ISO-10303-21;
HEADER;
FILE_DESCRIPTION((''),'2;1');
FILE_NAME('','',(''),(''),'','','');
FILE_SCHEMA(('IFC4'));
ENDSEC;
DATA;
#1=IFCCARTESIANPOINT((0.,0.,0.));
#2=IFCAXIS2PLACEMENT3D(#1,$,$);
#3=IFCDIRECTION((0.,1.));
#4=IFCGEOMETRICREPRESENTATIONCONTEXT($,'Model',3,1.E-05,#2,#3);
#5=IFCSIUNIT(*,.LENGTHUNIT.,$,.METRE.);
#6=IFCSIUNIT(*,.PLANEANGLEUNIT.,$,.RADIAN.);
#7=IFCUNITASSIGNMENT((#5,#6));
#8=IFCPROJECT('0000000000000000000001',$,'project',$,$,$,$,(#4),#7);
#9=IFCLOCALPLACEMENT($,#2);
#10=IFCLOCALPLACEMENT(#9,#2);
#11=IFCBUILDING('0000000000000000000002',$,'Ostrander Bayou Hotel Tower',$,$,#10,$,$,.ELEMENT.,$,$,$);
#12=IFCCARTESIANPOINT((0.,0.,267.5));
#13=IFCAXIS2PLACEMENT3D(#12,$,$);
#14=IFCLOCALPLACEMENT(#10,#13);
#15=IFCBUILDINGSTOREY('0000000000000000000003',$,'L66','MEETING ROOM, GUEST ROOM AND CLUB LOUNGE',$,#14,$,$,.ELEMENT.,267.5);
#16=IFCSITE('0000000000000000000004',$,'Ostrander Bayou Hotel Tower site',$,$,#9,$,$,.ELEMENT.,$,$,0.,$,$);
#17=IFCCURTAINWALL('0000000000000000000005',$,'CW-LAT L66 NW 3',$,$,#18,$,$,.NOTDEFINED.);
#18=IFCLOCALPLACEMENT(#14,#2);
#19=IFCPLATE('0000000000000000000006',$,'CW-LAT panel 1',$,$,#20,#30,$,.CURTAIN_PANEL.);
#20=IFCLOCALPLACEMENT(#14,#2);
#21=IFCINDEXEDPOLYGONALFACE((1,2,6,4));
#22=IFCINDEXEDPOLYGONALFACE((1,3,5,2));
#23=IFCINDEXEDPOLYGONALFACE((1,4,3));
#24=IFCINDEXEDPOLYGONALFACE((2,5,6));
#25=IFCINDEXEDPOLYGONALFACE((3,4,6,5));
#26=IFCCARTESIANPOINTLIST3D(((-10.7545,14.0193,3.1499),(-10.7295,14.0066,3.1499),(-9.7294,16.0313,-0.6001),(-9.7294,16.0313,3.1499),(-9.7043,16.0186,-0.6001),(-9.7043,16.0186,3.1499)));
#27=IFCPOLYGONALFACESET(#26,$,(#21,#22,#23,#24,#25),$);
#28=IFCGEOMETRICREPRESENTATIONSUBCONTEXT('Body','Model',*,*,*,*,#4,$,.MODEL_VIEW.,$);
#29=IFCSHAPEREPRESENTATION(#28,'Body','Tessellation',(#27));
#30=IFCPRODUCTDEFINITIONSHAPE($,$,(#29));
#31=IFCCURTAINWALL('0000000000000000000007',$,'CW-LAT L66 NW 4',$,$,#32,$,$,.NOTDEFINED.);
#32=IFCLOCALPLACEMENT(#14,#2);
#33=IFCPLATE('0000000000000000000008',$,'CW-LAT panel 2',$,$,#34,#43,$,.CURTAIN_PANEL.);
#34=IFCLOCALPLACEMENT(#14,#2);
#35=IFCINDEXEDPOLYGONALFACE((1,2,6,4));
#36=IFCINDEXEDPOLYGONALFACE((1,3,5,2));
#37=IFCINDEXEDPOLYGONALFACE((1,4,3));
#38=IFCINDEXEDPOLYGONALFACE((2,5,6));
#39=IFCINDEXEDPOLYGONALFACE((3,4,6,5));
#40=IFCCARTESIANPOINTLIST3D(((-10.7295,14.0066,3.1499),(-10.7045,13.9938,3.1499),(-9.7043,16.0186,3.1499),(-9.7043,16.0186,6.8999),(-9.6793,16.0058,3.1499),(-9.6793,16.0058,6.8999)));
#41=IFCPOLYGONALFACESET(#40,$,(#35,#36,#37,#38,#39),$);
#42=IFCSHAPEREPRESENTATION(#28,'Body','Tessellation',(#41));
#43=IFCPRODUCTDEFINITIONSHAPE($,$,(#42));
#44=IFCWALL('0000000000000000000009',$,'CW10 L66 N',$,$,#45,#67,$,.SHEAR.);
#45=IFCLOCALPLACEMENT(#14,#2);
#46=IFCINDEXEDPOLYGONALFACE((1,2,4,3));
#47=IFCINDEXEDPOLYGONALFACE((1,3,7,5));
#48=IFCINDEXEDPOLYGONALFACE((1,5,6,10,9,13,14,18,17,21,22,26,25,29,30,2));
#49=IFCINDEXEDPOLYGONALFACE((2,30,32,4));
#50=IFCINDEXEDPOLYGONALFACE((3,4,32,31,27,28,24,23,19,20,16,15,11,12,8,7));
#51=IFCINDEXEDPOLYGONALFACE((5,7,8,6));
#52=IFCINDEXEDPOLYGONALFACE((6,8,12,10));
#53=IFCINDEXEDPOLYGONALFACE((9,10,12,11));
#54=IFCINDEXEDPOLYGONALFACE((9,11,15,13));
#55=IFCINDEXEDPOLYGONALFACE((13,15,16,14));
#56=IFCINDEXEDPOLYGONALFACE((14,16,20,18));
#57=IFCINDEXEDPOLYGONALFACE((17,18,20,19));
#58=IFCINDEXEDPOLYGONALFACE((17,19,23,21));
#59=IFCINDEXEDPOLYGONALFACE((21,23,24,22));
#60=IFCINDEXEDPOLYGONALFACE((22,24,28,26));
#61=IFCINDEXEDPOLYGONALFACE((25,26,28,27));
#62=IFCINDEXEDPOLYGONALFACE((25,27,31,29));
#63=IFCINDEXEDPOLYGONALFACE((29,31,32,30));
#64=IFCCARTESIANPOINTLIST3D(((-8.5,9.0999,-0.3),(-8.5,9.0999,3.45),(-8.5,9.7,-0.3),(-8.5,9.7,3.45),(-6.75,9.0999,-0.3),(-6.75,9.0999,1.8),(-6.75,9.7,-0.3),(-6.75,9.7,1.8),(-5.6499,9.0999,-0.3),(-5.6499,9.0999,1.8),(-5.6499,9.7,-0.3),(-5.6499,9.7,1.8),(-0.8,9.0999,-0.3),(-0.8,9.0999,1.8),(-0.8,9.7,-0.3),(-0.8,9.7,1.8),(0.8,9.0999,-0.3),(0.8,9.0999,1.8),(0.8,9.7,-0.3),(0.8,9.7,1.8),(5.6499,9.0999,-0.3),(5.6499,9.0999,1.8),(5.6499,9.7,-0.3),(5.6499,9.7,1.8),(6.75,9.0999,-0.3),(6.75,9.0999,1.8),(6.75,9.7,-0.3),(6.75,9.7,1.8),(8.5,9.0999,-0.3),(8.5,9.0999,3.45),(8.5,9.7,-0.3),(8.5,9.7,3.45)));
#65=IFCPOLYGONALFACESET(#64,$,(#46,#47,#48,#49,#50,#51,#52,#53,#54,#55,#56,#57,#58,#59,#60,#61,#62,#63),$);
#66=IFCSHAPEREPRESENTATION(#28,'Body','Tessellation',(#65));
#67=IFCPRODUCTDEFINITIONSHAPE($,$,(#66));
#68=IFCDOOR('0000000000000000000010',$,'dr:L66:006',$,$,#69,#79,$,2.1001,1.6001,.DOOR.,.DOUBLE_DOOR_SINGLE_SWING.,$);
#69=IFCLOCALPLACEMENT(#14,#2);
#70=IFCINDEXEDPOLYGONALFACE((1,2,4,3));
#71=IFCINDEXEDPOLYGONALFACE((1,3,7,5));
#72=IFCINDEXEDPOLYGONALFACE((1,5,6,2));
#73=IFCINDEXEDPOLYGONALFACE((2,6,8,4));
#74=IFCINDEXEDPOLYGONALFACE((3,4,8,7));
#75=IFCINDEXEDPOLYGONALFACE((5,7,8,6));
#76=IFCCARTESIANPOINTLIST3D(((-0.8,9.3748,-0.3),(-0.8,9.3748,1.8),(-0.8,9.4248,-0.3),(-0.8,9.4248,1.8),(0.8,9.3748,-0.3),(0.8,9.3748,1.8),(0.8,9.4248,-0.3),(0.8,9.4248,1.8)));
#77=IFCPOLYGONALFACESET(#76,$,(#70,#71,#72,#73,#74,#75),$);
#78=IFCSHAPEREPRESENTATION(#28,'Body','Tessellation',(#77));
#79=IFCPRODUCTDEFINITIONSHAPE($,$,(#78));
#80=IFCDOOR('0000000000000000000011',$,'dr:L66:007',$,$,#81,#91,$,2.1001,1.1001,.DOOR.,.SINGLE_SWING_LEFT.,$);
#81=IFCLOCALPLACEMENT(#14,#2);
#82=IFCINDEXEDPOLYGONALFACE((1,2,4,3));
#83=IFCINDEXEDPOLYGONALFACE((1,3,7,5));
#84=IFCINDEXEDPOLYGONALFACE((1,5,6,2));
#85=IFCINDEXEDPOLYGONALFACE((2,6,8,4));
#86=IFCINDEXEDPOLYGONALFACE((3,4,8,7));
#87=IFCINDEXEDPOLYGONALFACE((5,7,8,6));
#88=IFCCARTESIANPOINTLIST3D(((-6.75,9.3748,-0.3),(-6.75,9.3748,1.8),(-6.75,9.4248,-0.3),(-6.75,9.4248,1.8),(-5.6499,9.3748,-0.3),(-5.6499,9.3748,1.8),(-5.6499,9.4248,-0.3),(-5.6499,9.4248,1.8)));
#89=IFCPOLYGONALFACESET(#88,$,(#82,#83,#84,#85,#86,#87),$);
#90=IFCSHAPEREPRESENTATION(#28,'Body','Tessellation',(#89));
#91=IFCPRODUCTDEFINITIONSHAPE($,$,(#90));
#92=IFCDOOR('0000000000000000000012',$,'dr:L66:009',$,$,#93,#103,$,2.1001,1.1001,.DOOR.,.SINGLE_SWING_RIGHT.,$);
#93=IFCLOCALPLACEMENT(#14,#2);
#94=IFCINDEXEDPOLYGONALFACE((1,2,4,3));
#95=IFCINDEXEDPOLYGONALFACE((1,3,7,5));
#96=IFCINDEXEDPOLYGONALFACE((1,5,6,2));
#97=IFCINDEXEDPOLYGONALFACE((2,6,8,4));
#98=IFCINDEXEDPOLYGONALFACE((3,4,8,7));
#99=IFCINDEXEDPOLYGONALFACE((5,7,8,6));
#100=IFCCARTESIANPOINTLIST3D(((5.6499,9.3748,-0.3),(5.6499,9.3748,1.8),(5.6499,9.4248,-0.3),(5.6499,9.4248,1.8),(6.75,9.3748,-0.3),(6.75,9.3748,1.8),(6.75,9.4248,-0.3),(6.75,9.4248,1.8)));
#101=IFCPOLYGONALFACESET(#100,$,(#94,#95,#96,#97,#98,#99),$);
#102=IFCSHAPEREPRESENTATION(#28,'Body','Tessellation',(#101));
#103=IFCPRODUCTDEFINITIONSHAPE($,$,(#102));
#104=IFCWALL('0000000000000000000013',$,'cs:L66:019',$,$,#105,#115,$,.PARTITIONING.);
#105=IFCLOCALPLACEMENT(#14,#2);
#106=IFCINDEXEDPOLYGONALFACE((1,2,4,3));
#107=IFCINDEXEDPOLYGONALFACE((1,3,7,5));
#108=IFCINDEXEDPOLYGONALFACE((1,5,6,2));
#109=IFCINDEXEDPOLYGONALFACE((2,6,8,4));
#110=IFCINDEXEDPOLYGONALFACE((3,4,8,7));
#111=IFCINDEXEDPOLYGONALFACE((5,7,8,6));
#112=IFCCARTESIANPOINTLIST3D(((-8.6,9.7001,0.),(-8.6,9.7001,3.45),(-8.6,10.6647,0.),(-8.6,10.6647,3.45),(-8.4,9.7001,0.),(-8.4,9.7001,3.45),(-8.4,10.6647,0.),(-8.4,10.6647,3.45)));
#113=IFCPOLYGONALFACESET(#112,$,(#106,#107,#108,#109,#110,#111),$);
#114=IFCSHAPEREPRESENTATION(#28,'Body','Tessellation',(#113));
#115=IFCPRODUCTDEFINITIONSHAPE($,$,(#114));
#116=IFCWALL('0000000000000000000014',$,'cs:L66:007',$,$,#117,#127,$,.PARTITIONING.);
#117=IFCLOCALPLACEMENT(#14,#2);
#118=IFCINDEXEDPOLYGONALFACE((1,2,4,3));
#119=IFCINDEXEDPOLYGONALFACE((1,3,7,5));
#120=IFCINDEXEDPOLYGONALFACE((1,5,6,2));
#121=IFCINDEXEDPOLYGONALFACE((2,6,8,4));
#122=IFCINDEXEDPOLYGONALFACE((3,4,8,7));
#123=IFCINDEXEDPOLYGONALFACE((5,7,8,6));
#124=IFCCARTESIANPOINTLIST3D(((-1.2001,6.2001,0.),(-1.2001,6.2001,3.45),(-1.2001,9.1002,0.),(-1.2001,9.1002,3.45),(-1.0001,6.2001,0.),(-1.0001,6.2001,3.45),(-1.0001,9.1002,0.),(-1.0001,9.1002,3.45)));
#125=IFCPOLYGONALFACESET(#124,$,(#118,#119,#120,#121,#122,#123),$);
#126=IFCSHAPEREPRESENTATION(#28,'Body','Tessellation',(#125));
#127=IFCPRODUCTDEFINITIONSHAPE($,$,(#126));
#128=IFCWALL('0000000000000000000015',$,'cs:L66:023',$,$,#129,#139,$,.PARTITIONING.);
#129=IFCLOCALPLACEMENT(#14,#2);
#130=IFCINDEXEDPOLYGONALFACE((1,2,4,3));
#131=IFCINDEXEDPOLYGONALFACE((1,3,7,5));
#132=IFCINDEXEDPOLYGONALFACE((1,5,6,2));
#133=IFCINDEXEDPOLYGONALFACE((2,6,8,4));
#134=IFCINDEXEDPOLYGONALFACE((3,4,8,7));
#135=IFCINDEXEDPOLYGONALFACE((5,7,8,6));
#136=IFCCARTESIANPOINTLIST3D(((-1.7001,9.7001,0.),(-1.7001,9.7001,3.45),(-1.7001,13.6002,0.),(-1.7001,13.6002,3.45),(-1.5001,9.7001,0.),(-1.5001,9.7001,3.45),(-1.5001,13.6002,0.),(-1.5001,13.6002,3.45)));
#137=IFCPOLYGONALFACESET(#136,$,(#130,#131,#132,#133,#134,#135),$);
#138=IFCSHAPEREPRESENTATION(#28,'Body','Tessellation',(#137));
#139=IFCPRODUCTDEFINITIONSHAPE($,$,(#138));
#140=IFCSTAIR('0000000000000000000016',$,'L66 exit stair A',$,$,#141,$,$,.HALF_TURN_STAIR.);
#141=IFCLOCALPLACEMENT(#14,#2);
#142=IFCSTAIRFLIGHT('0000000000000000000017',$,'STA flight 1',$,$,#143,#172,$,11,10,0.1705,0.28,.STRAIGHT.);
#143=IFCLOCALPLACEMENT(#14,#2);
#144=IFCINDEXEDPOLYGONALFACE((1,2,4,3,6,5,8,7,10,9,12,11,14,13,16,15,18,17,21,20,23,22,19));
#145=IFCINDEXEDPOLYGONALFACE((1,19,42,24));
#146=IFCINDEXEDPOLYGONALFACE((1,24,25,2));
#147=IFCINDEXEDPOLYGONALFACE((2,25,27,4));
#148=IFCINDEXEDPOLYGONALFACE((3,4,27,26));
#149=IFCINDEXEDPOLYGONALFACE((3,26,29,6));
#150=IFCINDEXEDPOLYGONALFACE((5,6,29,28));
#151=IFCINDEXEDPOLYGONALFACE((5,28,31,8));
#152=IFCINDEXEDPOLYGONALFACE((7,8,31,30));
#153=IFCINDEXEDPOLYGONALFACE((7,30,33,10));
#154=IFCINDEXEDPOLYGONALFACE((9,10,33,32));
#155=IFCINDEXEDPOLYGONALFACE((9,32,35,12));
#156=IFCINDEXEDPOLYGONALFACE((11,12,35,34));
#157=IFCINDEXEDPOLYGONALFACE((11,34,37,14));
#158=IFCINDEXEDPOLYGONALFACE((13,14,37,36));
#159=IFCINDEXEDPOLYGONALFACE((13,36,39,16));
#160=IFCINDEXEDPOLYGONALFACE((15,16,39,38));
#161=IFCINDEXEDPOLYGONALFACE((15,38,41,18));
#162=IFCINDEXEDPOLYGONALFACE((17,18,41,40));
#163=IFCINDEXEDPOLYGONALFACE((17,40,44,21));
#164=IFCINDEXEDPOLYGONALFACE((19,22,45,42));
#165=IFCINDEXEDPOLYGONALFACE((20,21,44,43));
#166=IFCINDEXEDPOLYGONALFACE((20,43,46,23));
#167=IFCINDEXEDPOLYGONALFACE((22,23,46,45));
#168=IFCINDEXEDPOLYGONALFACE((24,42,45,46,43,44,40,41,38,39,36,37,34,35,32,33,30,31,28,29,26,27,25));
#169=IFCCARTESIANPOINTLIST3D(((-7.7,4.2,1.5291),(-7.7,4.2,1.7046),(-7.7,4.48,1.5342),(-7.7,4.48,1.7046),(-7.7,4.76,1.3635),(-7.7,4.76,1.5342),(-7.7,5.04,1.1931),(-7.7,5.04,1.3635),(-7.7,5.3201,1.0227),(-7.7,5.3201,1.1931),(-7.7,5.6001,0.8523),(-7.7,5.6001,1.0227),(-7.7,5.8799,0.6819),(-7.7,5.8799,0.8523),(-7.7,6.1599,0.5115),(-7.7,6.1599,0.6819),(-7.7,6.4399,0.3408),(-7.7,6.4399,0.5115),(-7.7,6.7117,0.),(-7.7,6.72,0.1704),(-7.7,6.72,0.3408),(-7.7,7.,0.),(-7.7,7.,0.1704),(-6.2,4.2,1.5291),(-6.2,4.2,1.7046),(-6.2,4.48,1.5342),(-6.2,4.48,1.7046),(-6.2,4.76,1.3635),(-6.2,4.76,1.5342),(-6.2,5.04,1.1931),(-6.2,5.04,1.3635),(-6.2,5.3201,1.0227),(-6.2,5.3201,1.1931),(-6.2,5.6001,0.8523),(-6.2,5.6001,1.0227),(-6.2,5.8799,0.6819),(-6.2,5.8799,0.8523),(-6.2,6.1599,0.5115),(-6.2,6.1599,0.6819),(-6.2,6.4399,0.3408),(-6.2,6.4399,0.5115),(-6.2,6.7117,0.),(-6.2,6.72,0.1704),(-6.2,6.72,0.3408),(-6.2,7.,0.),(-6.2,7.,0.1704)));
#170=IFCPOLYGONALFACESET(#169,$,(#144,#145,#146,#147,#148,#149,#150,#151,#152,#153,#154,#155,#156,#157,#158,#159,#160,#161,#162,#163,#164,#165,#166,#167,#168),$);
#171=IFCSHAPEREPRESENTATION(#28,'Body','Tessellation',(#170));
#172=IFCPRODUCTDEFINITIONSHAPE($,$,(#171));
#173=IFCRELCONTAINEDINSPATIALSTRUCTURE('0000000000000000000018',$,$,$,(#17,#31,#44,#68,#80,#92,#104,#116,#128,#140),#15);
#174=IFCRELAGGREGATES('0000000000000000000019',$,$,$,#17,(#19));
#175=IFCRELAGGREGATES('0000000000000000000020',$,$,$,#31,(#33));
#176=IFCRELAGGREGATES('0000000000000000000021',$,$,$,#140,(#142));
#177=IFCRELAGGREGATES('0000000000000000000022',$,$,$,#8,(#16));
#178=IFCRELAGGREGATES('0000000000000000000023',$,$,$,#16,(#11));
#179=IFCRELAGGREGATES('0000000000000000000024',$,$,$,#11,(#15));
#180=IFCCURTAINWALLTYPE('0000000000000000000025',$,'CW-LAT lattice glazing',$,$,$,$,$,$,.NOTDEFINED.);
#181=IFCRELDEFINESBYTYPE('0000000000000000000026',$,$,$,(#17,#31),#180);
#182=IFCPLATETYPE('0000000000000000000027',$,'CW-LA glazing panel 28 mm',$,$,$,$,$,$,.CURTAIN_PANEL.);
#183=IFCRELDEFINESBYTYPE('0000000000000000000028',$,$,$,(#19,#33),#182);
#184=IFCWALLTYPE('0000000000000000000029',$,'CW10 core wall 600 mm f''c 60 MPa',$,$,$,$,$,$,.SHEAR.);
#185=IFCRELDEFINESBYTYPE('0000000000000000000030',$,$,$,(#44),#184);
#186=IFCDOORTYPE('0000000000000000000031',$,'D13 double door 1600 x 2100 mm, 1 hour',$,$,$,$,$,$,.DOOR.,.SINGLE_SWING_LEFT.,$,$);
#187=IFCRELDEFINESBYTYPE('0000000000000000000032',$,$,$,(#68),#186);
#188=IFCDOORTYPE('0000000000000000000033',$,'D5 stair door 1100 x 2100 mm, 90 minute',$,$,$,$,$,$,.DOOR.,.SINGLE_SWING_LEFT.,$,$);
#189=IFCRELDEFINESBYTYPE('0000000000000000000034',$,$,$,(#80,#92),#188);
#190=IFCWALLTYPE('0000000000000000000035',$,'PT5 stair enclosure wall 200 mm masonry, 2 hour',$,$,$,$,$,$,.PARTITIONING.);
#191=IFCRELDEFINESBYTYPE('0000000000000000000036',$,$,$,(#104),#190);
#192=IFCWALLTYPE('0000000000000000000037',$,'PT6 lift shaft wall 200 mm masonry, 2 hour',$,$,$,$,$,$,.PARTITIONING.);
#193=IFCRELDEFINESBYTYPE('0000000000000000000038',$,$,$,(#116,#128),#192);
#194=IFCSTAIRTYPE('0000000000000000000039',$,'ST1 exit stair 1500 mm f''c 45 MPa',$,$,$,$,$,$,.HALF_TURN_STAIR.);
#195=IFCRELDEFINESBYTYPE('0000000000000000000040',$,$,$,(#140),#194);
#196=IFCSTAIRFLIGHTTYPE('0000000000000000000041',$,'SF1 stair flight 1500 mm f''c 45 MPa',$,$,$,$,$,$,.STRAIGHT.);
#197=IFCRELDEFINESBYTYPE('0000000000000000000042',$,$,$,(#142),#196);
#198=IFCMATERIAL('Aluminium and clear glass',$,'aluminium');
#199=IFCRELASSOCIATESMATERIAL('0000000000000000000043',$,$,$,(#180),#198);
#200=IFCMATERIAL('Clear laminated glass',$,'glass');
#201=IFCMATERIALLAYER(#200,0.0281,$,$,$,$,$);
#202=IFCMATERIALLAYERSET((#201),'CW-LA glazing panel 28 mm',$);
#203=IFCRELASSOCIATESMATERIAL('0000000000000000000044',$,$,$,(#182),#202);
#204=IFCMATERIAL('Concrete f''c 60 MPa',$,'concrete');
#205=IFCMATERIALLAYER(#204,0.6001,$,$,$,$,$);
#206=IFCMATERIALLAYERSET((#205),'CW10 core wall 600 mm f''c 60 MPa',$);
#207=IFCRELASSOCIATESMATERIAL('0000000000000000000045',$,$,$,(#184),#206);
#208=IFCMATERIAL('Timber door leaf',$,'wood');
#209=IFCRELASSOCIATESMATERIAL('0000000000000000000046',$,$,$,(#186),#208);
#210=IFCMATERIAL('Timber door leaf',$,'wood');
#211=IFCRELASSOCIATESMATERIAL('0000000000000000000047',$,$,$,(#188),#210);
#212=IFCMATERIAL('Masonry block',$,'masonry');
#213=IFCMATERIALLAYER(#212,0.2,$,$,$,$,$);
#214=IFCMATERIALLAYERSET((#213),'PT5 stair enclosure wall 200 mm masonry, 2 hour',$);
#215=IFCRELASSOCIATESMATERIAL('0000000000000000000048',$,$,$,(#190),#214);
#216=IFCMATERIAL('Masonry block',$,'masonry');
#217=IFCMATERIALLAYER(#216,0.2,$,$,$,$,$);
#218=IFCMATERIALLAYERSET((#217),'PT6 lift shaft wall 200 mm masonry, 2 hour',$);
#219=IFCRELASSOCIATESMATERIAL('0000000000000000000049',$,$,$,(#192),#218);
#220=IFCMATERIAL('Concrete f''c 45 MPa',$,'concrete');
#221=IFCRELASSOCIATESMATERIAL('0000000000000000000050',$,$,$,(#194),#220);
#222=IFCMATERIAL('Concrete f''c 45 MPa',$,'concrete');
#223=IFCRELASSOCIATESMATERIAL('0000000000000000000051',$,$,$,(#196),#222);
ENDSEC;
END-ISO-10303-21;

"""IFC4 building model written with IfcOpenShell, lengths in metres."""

from ifc_helpers import new_model, si_unit, direction, frame, frame_2d, origin, place, context, subcontext, project, spatial, polyline, rectangle, outline, extrude, material, layer, layer_set, type_object, element, fill, aggregate, save


model = new_model("IFC4")

# Units and contexts
model_context = context("Model", 3, precision=1e-05, world=origin(), true_north=direction((0.0, 1.0)))
body_context = subcontext(model_context, "Body", "Model", "MODEL_VIEW")
ifc_project = project(units=[si_unit("LENGTHUNIT", "METRE"), si_unit("PLANEANGLEUNIT", "RADIAN")], contexts=[model_context])

# Site, building, storey
site_placement = place(None, origin())
site = spatial("IfcSite", under=ifc_project, at=site_placement, Name="Ostrander Bayou Hotel Tower site", CompositionType="ELEMENT", RefElevation=0.0)
building_placement = place(site_placement, origin())
building = spatial("IfcBuilding", under=site, at=building_placement, Name="Ostrander Bayou Hotel Tower", CompositionType="ELEMENT")
storey_placement = place(building_placement, frame((0.0, 0.0, 267.5)))
storey = spatial("IfcBuildingStorey", under=building, at=storey_placement, Name="L66", Description="MEETING ROOM, GUEST ROOM AND CLUB LOUNGE", CompositionType="ELEMENT", Elevation=267.5)

# Curtain walls, plates
ifc_material_1 = material(Name="Aluminium and clear glass", Category="aluminium")
curtain_wall_type = type_object("IfcCurtainWallType", Name="CW-LAT lattice glazing", PredefinedType="NOTDEFINED", material=ifc_material_1)
curtain_wall_1_placement = place(storey_placement, origin())
curtain_wall_1 = element("IfcCurtainWall", 1, at=curtain_wall_1_placement, inside=storey, type_object=curtain_wall_type, Name="CW-LAT L66 NW 3", PredefinedType="NOTDEFINED")
ifc_material_2 = material(Name="Clear laminated glass", Category="glass")
ifc_layer_1 = layer(ifc_material_2, 0.0281)
ifc_layer_set_1 = layer_set([ifc_layer_1], Name="CW-LA glazing panel 28 mm")
plate_type = type_object("IfcPlateType", Name="CW-LA glazing panel 28 mm", PredefinedType="CURTAIN_PANEL", material=ifc_layer_set_1)
plate_1_placement = place(storey_placement, frame((-10.7295, 14.0066, 3.1499), z_axis=(0.891006, -0.453991, 0.0), x_axis=(0.234192, 0.459628, -0.856678)))
plate_1 = element("IfcPlate", 2, at=plate_1_placement, type_object=plate_type, Name="CW-LAT panel 1", PredefinedType="CURTAIN_PANEL", context=body_context, shape_type="SweptSolid", body=[
    extrude(outline(polyline([(0.0, 0.0), (4.3774, 0.0), (1.1648, 1.9344), (0.0, 0.0)])), origin(), (0.0, 0.0, -1.0), 0.0281),
])
aggregate(curtain_wall_1, [plate_1])
curtain_wall_2_placement = place(storey_placement, origin())
curtain_wall_2 = element("IfcCurtainWall", 3, at=curtain_wall_2_placement, inside=storey, type_object=curtain_wall_type, Name="CW-LAT L66 NW 4", PredefinedType="NOTDEFINED")
plate_2_placement = place(storey_placement, frame((-10.7295, 14.0066, 3.1499), z_axis=(-0.891006, 0.453991, 0.0), x_axis=(0.234192, 0.459628, 0.856678)))
plate_2 = element("IfcPlate", 4, at=plate_2_placement, type_object=plate_type, Name="CW-LAT panel 2", PredefinedType="CURTAIN_PANEL", context=body_context, shape_type="SweptSolid", body=[
    extrude(outline(polyline([(0.0, 0.0), (4.3774, 0.0), (1.1648, 1.9344), (0.0, 0.0)])), origin(), (0.0, 0.0, -1.0), 0.0281),
])
aggregate(curtain_wall_2, [plate_2])

# Wall, openings, doors
ifc_material_3 = material(Name="Concrete f'c 60 MPa", Category="concrete")
ifc_layer_2 = layer(ifc_material_3, 0.6001)
ifc_layer_set_2 = layer_set([ifc_layer_2], Name="CW10 core wall 600 mm f'c 60 MPa")
wall_type_1 = type_object("IfcWallType", Name="CW10 core wall 600 mm f'c 60 MPa", PredefinedType="SHEAR", material=ifc_layer_set_2)
wall_1_placement = place(storey_placement, frame((-8.5, 9.3999, -0.3), z_axis=(0.0, 0.0, 1.0), x_axis=(1.0, 0.0, 0.0)))
wall_1 = element("IfcWall", 5, at=wall_1_placement, inside=storey, type_object=wall_type_1, Name="CW10 L66 N", PredefinedType="SHEAR", context=body_context, shape_type="SweptSolid", body=[
    extrude(rectangle(XDim=17.0, YDim=0.6001, at=frame_2d((8.5, 0.0))), origin(), (0.0, 0.0, 1.0), 3.75),
])
opening_1_placement = place(wall_1_placement, frame((7.7, 0.0, 0.0)))
opening_1 = element("IfcOpeningElement", 6, at=opening_1_placement, cuts=wall_1, PredefinedType="OPENING", context=body_context, shape_type="SweptSolid", body=[
    extrude(rectangle(XDim=1.6001, YDim=2.1001, at=frame_2d((0.8, 1.05))), frame((0.0, 0.3, 0.0), z_axis=(0.0, -1.0, 0.0), x_axis=(1.0, 0.0, 0.0)), (0.0, 0.0, 1.0), 0.6001),
])
opening_2_placement = place(wall_1_placement, frame((1.75, 0.0, 0.0)))
opening_2 = element("IfcOpeningElement", 7, at=opening_2_placement, cuts=wall_1, PredefinedType="OPENING", context=body_context, shape_type="SweptSolid", body=[
    extrude(rectangle(XDim=1.1001, YDim=2.1001, at=frame_2d((0.55, 1.05))), frame((0.0, 0.3, 0.0), z_axis=(0.0, -1.0, 0.0), x_axis=(1.0, 0.0, 0.0)), (0.0, 0.0, 1.0), 0.6001),
])
opening_3_placement = place(wall_1_placement, frame((14.1499, 0.0, 0.0)))
opening_3 = element("IfcOpeningElement", 8, at=opening_3_placement, cuts=wall_1, PredefinedType="OPENING", context=body_context, shape_type="SweptSolid", body=[
    extrude(rectangle(XDim=1.1001, YDim=2.1001, at=frame_2d((0.55, 1.05))), frame((0.0, 0.3, 0.0), z_axis=(0.0, -1.0, 0.0), x_axis=(1.0, 0.0, 0.0)), (0.0, 0.0, 1.0), 0.6001),
])
ifc_material_4 = material(Name="Timber door leaf", Category="wood")
door_type_1 = type_object("IfcDoorType", Name="D13 double door 1600 x 2100 mm, 1 hour", OperationType="SINGLE_SWING_LEFT", PredefinedType="DOOR", material=ifc_material_4)
door_1_placement = place(opening_1_placement, origin())
door_1 = element("IfcDoor", 9, at=door_1_placement, inside=storey, type_object=door_type_1, Name="dr:L66:006", OperationType="DOUBLE_DOOR_SINGLE_SWING", OverallHeight=2.1001, OverallWidth=1.6001, PredefinedType="DOOR", context=body_context, shape_type="SweptSolid", body=[
    extrude(rectangle(XDim=1.6001, YDim=2.1001, at=frame_2d((0.8, 1.05))), frame((0.0, 0.0249, 0.0), z_axis=(0.0, -1.0, 0.0), x_axis=(1.0, 0.0, 0.0)), (0.0, 0.0, 1.0), 0.05),
])
fill(opening_1, door_1)
ifc_material_5 = material(Name="Timber door leaf", Category="wood")
door_type_2 = type_object("IfcDoorType", Name="D5 stair door 1100 x 2100 mm, 90 minute", OperationType="SINGLE_SWING_LEFT", PredefinedType="DOOR", material=ifc_material_5)
door_2_placement = place(opening_2_placement, origin())
door_2 = element("IfcDoor", 10, at=door_2_placement, inside=storey, type_object=door_type_2, Name="dr:L66:007", OperationType="SINGLE_SWING_LEFT", OverallHeight=2.1001, OverallWidth=1.1001, PredefinedType="DOOR", context=body_context, shape_type="SweptSolid", body=[
    extrude(rectangle(XDim=1.1001, YDim=2.1001, at=frame_2d((0.55, 1.05))), frame((0.0, 0.0249, 0.0), z_axis=(0.0, -1.0, 0.0), x_axis=(1.0, 0.0, 0.0)), (0.0, 0.0, 1.0), 0.05),
])
fill(opening_2, door_2)
door_3_placement = place(opening_3_placement, origin())
door_3 = element("IfcDoor", 11, at=door_3_placement, inside=storey, type_object=door_type_2, Name="dr:L66:009", OperationType="SINGLE_SWING_RIGHT", OverallHeight=2.1001, OverallWidth=1.1001, PredefinedType="DOOR", context=body_context, shape_type="SweptSolid", body=[
    extrude(rectangle(XDim=1.1001, YDim=2.1001, at=frame_2d((0.55, 1.05))), frame((0.0, 0.0249, 0.0), z_axis=(0.0, -1.0, 0.0), x_axis=(1.0, 0.0, 0.0)), (0.0, 0.0, 1.0), 0.05),
])
fill(opening_3, door_3)

# Shared definitions
ifc_material_6 = material(Name="Masonry block", Category="masonry")
ifc_layer_3 = layer(ifc_material_6, 0.2)
ifc_layer_set_3 = layer_set([ifc_layer_3], Name="PT5 stair enclosure wall 200 mm masonry, 2 hour")
wall_type_2 = type_object("IfcWallType", Name="PT5 stair enclosure wall 200 mm masonry, 2 hour", PredefinedType="PARTITIONING", material=ifc_layer_set_3)

# Wall
wall_2_placement = place(storey_placement, frame((-8.5, 9.7, 0.0), z_axis=(0.0, 0.0, 1.0), x_axis=(0.0, 1.0, 0.0)))
element("IfcWall", 12, at=wall_2_placement, inside=storey, type_object=wall_type_2, Name="cs:L66:019", PredefinedType="PARTITIONING", context=body_context, shape_type="SweptSolid", body=[
    extrude(rectangle(XDim=0.9646, YDim=0.2, at=frame_2d((0.4824, 0.0))), origin(), (0.0, 0.0, 1.0), 3.45),
])

# Shared definitions
ifc_material_7 = material(Name="Masonry block", Category="masonry")
ifc_layer_4 = layer(ifc_material_7, 0.2)
ifc_layer_set_4 = layer_set([ifc_layer_4], Name="PT6 lift shaft wall 200 mm masonry, 2 hour")
wall_type_3 = type_object("IfcWallType", Name="PT6 lift shaft wall 200 mm masonry, 2 hour", PredefinedType="PARTITIONING", material=ifc_layer_set_4)

# Walls
wall_3_placement = place(storey_placement, frame((-1.1001, 6.2, 0.0), z_axis=(0.0, 0.0, 1.0), x_axis=(0.0, 1.0, 0.0)))
element("IfcWall", 13, at=wall_3_placement, inside=storey, type_object=wall_type_3, Name="cs:L66:007", PredefinedType="PARTITIONING", context=body_context, shape_type="SweptSolid", body=[
    extrude(rectangle(XDim=2.9001, YDim=0.2, at=frame_2d((1.4502, 0.0))), origin(), (0.0, 0.0, 1.0), 3.45),
])
wall_4_placement = place(storey_placement, frame((-1.6001, 9.7, 0.0), z_axis=(0.0, 0.0, 1.0), x_axis=(0.0, 1.0, 0.0)))
element("IfcWall", 14, at=wall_4_placement, inside=storey, type_object=wall_type_3, Name="cs:L66:023", PredefinedType="PARTITIONING", context=body_context, shape_type="SweptSolid", body=[
    extrude(rectangle(XDim=3.9001, YDim=0.2, at=frame_2d((1.9502, 0.0))), origin(), (0.0, 0.0, 1.0), 3.45),
])

# Stair, stair flight
ifc_material_8 = material(Name="Concrete f'c 45 MPa", Category="concrete")
stair_type = type_object("IfcStairType", Name="ST1 exit stair 1500 mm f'c 45 MPa", PredefinedType="HALF_TURN_STAIR", material=ifc_material_8)
stair_placement = place(storey_placement, origin())
stair = element("IfcStair", 15, at=stair_placement, inside=storey, type_object=stair_type, Name="L66 exit stair A", PredefinedType="HALF_TURN_STAIR")
ifc_material_9 = material(Name="Concrete f'c 45 MPa", Category="concrete")
stair_flight_type = type_object("IfcStairFlightType", Name="SF1 stair flight 1500 mm f'c 45 MPa", PredefinedType="STRAIGHT", material=ifc_material_9)
stair_flight_1_placement = place(storey_placement, frame((-6.95, 7.0, 0.0), z_axis=(0.0, 0.0, 1.0), x_axis=(0.0, -1.0, 0.0)))
stair_flight_1 = element("IfcStairFlight", 16, at=stair_flight_1_placement, type_object=stair_flight_type, Name="STA flight 1", NumberOfRisers=11, NumberOfTreads=10, PredefinedType="STRAIGHT", RiserHeight=0.1705, TreadLength=0.28, context=body_context, shape_type="SweptSolid", body=[
    extrude(outline(polyline([(0.0, 0.0), (0.0, 0.1704), (0.28, 0.1704), (0.28, 0.3408), (0.5601, 0.3408), (0.5601, 0.5115), (0.8401, 0.5115), (0.8401, 0.6819), (1.1201, 0.6819), (1.1201, 0.8523), (1.3999, 0.8523), (1.3999, 1.0227), (1.6799, 1.0227), (1.6799, 1.1931), (1.96, 1.1931), (1.96, 1.3635), (2.24, 1.3635), (2.24, 1.5342), (2.52, 1.5342), (2.52, 1.7046), (2.8, 1.7046), (2.8, 1.875), (2.8, 1.5291), (0.2883, 0.0), (0.0, 0.0)])), frame((0.0, 0.75, 0.0), z_axis=(0.0, -1.0, 0.0), x_axis=(1.0, 0.0, 0.0)), (0.0, 0.0, 1.0), 1.5),
])
aggregate(stair, [stair_flight_1])

save(model, "model.ifc")
